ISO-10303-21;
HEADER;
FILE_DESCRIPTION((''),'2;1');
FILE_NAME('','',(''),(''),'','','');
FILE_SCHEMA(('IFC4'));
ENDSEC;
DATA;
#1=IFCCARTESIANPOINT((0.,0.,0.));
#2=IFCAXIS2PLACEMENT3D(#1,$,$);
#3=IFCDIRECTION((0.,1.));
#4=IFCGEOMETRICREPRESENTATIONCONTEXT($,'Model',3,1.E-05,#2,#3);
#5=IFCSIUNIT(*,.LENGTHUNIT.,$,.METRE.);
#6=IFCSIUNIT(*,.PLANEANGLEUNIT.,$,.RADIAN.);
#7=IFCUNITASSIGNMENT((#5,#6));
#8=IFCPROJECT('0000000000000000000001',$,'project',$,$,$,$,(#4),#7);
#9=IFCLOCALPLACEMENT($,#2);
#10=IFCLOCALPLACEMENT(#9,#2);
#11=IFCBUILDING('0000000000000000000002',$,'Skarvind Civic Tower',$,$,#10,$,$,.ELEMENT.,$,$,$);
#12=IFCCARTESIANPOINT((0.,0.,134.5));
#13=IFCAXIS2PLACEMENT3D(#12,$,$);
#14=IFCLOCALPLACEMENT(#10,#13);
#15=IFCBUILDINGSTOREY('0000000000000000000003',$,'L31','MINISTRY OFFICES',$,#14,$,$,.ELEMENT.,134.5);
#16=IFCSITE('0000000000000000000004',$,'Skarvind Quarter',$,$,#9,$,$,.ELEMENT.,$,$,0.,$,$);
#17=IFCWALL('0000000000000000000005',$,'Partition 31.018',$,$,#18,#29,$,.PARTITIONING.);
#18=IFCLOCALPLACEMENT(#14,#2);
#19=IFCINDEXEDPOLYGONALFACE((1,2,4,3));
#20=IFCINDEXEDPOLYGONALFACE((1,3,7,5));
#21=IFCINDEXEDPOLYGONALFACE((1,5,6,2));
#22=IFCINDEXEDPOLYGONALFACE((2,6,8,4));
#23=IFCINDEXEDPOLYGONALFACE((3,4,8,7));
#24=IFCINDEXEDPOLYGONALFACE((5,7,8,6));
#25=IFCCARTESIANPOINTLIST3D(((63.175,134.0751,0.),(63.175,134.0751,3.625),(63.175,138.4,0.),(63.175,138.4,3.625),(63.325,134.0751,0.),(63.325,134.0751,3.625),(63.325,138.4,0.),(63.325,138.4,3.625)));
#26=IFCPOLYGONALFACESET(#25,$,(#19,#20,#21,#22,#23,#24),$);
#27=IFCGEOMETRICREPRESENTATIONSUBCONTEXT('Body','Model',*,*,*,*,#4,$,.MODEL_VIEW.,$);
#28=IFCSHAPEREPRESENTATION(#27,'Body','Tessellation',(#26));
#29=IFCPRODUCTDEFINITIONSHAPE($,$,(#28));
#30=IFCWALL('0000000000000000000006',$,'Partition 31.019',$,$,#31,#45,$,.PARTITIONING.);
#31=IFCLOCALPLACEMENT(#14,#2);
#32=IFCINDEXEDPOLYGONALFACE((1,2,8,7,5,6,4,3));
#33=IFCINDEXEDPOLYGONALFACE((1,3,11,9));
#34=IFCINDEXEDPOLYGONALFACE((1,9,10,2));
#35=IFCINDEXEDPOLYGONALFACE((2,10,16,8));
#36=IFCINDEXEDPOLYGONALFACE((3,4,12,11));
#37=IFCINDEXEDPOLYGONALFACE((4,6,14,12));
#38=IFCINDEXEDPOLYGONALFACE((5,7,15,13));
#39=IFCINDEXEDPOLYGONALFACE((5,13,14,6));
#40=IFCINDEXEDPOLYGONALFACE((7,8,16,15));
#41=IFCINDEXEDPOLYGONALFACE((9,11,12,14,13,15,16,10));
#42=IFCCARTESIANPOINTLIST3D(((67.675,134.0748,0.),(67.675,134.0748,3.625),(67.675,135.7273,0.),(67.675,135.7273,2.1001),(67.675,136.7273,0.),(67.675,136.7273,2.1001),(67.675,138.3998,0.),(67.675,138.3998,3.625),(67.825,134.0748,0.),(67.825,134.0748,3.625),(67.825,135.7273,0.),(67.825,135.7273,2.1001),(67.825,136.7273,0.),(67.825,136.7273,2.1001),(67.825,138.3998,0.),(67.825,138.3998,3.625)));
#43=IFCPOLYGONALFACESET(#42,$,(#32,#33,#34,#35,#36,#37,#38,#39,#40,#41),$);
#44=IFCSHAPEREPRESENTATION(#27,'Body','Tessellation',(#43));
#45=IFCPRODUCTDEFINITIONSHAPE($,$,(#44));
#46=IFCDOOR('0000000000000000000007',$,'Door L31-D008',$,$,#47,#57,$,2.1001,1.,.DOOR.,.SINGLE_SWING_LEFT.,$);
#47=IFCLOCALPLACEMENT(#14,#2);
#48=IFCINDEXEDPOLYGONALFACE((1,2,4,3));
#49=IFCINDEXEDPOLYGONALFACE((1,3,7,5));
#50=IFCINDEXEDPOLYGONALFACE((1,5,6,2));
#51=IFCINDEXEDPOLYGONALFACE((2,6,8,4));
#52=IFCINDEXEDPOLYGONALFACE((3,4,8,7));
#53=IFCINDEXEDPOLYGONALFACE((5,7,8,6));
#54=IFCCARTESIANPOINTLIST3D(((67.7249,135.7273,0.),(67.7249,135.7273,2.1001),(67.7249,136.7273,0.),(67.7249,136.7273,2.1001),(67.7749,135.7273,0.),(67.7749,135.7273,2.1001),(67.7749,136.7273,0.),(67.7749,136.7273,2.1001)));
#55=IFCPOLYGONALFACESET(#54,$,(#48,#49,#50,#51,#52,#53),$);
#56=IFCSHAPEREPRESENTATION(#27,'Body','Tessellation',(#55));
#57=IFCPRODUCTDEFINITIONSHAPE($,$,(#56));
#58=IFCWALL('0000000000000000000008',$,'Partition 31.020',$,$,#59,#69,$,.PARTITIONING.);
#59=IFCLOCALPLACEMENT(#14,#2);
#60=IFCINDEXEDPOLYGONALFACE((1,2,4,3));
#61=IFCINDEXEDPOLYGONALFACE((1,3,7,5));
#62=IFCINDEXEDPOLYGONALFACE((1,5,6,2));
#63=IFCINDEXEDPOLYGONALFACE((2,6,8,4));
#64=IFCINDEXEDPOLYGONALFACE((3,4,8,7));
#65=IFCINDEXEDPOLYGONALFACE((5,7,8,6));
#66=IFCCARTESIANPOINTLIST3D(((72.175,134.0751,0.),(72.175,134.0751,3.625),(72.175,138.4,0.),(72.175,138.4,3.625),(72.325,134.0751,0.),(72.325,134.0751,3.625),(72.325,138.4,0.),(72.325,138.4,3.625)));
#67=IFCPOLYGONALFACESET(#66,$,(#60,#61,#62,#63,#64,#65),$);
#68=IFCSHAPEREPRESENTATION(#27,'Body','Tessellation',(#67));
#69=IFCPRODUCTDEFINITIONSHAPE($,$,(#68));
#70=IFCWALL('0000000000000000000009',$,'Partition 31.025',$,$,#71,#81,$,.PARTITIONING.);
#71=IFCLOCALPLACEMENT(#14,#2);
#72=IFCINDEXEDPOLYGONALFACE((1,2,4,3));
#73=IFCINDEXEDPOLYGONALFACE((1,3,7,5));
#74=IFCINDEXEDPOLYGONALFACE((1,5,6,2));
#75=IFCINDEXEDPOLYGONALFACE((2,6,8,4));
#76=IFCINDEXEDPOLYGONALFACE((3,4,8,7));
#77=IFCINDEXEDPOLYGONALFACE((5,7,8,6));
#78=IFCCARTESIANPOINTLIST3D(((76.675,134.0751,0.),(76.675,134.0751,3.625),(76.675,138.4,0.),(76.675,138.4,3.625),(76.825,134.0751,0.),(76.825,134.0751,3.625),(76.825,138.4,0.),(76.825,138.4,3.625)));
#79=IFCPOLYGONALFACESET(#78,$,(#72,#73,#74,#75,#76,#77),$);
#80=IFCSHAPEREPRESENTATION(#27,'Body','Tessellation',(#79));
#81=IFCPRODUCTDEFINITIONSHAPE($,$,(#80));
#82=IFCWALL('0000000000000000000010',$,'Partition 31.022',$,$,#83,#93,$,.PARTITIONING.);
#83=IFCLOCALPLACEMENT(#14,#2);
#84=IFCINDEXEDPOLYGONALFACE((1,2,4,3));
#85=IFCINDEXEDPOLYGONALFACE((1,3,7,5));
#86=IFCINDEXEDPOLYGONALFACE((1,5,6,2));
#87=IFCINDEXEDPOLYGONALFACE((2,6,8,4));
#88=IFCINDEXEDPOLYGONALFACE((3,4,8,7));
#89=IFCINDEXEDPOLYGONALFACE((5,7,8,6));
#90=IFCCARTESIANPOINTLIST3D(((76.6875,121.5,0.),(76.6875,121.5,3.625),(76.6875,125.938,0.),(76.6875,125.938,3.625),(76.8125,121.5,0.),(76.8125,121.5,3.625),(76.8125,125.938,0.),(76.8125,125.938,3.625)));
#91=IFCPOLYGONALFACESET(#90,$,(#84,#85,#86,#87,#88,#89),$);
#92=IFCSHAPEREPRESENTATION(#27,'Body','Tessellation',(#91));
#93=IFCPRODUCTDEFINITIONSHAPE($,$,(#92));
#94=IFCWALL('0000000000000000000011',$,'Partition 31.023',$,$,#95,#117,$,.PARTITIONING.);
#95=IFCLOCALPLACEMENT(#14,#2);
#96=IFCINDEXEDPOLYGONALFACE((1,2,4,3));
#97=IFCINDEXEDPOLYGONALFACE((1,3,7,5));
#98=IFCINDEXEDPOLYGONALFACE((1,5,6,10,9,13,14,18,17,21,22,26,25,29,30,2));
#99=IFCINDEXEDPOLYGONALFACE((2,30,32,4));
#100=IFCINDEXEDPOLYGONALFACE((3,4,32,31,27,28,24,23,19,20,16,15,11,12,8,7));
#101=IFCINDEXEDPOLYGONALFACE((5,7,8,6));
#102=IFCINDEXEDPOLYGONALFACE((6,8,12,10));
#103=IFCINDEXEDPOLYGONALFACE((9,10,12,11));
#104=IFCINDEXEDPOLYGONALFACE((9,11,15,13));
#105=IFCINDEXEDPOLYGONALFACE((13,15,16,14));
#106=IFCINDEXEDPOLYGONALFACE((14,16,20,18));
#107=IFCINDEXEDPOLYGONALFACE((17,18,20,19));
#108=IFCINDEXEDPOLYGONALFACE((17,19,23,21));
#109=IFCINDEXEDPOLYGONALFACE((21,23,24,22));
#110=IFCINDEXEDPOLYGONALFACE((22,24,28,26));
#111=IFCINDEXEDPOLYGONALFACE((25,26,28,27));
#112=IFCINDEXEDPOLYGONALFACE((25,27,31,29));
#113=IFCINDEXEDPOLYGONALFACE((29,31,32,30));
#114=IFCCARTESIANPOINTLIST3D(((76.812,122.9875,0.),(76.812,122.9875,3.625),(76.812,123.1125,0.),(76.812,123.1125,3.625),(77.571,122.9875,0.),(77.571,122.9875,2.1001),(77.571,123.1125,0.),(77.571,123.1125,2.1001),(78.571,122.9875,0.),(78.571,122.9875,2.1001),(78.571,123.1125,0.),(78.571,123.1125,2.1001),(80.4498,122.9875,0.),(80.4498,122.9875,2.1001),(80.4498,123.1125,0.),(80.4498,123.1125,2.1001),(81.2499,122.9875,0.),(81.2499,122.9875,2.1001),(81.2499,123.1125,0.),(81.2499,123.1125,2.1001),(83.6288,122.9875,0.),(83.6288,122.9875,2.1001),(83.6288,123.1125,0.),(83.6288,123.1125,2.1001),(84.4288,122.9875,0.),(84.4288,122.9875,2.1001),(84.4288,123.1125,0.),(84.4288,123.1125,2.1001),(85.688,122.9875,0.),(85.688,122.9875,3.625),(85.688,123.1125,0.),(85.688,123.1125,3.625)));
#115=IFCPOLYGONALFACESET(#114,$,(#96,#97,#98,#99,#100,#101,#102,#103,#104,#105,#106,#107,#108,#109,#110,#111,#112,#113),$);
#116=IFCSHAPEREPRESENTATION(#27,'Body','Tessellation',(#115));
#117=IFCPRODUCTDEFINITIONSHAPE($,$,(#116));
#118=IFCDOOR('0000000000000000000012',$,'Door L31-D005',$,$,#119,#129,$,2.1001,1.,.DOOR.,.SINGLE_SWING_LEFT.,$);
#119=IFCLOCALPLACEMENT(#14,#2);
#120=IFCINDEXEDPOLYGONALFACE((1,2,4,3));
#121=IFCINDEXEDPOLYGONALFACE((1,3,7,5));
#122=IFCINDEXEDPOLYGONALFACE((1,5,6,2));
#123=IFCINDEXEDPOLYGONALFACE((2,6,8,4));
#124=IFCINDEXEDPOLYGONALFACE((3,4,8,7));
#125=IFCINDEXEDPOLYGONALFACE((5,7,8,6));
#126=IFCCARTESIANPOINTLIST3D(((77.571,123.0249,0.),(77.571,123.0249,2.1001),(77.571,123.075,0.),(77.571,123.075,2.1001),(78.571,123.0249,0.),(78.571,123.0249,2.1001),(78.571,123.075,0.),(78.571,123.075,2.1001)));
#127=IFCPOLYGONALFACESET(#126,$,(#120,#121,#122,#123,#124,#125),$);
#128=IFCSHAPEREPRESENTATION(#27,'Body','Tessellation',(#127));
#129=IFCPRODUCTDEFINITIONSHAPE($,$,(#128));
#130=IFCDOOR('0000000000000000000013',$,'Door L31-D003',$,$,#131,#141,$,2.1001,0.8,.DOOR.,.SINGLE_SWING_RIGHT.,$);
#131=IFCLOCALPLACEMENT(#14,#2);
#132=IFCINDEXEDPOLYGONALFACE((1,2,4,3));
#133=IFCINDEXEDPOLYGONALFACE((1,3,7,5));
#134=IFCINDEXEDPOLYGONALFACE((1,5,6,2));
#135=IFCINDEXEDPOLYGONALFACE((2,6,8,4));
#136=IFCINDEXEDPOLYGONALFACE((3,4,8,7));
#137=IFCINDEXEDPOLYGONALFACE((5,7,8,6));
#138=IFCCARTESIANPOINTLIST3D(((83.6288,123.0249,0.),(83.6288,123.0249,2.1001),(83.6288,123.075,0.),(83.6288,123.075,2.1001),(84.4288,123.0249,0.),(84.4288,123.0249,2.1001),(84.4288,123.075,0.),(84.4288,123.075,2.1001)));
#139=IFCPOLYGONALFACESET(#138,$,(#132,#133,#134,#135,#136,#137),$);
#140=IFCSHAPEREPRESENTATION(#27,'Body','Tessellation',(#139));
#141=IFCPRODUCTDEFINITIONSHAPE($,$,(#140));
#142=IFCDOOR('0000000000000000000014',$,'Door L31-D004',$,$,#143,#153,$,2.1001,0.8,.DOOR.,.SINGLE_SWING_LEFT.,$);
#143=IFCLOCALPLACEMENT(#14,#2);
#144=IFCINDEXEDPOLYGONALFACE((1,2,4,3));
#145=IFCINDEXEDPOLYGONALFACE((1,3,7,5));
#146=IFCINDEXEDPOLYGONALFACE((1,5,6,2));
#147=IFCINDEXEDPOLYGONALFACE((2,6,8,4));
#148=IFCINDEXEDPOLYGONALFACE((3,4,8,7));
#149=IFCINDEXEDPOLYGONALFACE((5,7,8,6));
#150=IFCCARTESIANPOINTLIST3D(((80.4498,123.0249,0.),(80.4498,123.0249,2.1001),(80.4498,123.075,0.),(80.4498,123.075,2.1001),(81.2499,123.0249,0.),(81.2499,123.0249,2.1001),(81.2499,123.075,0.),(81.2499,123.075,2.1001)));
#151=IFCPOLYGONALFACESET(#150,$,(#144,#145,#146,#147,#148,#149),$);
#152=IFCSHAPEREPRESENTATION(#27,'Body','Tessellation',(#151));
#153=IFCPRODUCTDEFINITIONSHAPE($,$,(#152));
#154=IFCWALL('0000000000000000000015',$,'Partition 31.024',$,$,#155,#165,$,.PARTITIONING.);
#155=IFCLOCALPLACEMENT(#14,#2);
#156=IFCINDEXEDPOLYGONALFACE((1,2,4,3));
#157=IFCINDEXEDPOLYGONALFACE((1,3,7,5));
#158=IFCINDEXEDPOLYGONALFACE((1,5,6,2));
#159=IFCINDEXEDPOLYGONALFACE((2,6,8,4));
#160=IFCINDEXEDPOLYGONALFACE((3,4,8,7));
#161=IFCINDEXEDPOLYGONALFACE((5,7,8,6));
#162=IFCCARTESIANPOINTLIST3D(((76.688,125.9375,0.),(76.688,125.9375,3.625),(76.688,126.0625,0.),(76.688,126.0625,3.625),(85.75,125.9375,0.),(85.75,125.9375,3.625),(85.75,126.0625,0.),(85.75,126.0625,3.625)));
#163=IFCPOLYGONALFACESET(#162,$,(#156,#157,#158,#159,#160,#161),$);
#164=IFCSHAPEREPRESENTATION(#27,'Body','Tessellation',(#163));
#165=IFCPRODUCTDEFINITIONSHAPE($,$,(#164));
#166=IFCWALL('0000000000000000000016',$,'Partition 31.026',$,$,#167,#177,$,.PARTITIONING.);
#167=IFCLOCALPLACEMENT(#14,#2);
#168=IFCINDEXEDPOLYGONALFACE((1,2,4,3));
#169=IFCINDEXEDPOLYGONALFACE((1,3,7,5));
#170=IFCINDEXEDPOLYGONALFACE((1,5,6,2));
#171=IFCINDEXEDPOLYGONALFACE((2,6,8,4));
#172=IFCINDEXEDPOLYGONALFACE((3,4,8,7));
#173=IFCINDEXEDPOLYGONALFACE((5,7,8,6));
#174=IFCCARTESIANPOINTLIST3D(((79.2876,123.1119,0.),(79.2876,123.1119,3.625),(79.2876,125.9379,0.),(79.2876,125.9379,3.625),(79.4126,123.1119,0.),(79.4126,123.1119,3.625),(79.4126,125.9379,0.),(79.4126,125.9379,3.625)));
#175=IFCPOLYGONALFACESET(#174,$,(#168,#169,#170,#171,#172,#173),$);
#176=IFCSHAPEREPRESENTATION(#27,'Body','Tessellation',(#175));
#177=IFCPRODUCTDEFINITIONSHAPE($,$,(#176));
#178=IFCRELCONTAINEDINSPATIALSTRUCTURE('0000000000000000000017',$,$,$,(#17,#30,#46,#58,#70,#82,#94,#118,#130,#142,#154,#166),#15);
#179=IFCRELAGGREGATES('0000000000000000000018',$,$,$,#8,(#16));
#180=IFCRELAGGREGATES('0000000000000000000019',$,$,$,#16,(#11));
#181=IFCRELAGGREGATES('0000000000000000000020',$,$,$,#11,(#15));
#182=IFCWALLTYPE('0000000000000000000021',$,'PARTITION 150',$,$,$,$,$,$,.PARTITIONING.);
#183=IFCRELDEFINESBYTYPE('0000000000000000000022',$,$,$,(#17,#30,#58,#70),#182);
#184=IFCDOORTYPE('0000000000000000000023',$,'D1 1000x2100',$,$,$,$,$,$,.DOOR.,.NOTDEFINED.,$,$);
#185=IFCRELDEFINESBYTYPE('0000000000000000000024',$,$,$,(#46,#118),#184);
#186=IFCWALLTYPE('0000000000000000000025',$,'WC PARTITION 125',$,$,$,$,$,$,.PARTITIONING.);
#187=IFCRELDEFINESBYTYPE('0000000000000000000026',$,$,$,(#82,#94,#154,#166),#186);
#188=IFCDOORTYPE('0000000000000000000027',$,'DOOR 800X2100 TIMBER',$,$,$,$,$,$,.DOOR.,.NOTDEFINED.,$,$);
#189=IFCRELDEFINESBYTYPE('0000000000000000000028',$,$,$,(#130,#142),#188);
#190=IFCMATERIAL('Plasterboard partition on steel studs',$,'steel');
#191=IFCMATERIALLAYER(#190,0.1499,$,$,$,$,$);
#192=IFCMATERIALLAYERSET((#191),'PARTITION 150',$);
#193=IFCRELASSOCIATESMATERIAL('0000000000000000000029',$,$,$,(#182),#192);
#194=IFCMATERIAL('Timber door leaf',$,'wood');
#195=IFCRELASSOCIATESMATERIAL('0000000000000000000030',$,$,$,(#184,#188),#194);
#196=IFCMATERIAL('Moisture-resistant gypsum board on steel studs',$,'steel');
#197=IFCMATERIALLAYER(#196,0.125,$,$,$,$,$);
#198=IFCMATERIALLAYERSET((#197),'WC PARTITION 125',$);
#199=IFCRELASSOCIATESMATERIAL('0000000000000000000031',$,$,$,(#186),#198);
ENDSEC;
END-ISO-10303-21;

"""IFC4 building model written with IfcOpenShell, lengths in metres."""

from ifc_helpers import new_model, si_unit, direction, frame, frame_2d, origin, place, context, subcontext, project, spatial, rectangle, extrude, material, layer, layer_set, type_object, element, fill, save


model = new_model("IFC4")

# Units and contexts
model_context = context("Model", 3, precision=1e-05, world=origin(), true_north=direction((0.0, 1.0)))
body_context = subcontext(model_context, "Body", "Model", "MODEL_VIEW")
ifc_project = project(units=[si_unit("LENGTHUNIT", "METRE"), si_unit("PLANEANGLEUNIT", "RADIAN")], contexts=[model_context])

# Site, building, storey
site_placement = place(None, origin())
site = spatial("IfcSite", under=ifc_project, at=site_placement, Name="Skarvind Quarter", CompositionType="ELEMENT", RefElevation=0.0)
building_placement = place(site_placement, origin())
building = spatial("IfcBuilding", under=site, at=building_placement, Name="Skarvind Civic Tower", CompositionType="ELEMENT")
storey_placement = place(building_placement, frame((0.0, 0.0, 134.5)))
storey = spatial("IfcBuildingStorey", under=building, at=storey_placement, Name="L31", Description="MINISTRY OFFICES", CompositionType="ELEMENT", Elevation=134.5)

# Shared definitions
ifc_material_1 = material(Name="Plasterboard partition on steel studs", Category="steel")
ifc_layer_1 = layer(ifc_material_1, 0.1499)
ifc_layer_set_1 = layer_set([ifc_layer_1], Name="PARTITION 150")
wall_type_1 = type_object("IfcWallType", Name="PARTITION 150", PredefinedType="PARTITIONING", material=ifc_layer_set_1)
ifc_material_2 = material(Name="Timber door leaf", Category="wood")
door_type_1 = type_object("IfcDoorType", Name="D1 1000x2100", OperationType="NOTDEFINED", PredefinedType="DOOR", material=ifc_material_2)

# Wall
wall_1_placement = place(storey_placement, frame((63.25, 134.075, 0.0), z_axis=(0.0, 0.0, 1.0), x_axis=(0.0, 1.0, 0.0)))
element("IfcWall", 1, at=wall_1_placement, inside=storey, type_object=wall_type_1, Name="Partition 31.018", PredefinedType="PARTITIONING", context=body_context, shape_type="SweptSolid", body=[
    extrude(rectangle(XDim=4.325, YDim=0.1499, at=frame_2d((2.1626, 0.0))), origin(), (0.0, 0.0, 1.0), 3.625),
])

# Wall, opening, door
wall_2_placement = place(storey_placement, frame((67.75, 138.3999, 0.0), z_axis=(0.0, 0.0, 1.0), x_axis=(0.0, -1.0, 0.0)))
wall_2 = element("IfcWall", 2, at=wall_2_placement, inside=storey, type_object=wall_type_1, Name="Partition 31.019", PredefinedType="PARTITIONING", context=body_context, shape_type="SweptSolid", body=[
    extrude(rectangle(XDim=4.325, YDim=0.1499, at=frame_2d((2.1626, 0.0))), origin(), (0.0, 0.0, 1.0), 3.625),
])
opening_1_placement = place(wall_2_placement, frame((1.6726, 0.0, 0.0)))
opening_1 = element("IfcOpeningElement", 3, at=opening_1_placement, cuts=wall_2, PredefinedType="OPENING", context=body_context, shape_type="SweptSolid", body=[
    extrude(rectangle(XDim=1.0, YDim=2.1001, at=frame_2d((0.5, 1.05))), frame((0.0, 0.085, 0.0), z_axis=(0.0, -1.0, 0.0), x_axis=(1.0, 0.0, 0.0)), (0.0, 0.0, 1.0), 0.1699),
])
door_1_placement = place(opening_1_placement, origin())
door_1 = element("IfcDoor", 4, at=door_1_placement, inside=storey, type_object=door_type_1, Name="Door L31-D008", OperationType="SINGLE_SWING_LEFT", OverallHeight=2.1001, OverallWidth=1.0, PredefinedType="DOOR", context=body_context, shape_type="SweptSolid", body=[
    extrude(rectangle(XDim=1.0, YDim=2.1001, at=frame_2d((0.5, 1.05))), frame((0.0, 0.0249, 0.0), z_axis=(0.0, -1.0, 0.0), x_axis=(1.0, 0.0, 0.0)), (0.0, 0.0, 1.0), 0.05),
])
fill(opening_1, door_1)

# Walls
for number, where, z_axis, x_axis, name in (
    (5, (72.25, 134.075, 0.0), (0.0, 0.0, 1.0), (0.0, 1.0, 0.0), "Partition 31.020"),
    (6, (76.75, 134.075, 0.0), (0.0, 0.0, 1.0), (0.0, 1.0, 0.0), "Partition 31.025"),
):
    element("IfcWall", number, at=place(storey_placement, frame(where, z_axis=z_axis, x_axis=x_axis)), inside=storey, type_object=wall_type_1, Name=name, PredefinedType="PARTITIONING", context=body_context, shape_type="SweptSolid", body=[
        extrude(rectangle(XDim=4.325, YDim=0.1499, at=frame_2d((2.1626, 0.0))), origin(), (0.0, 0.0, 1.0), 3.625),
    ])
ifc_material_3 = material(Name="Moisture-resistant gypsum board on steel studs", Category="steel")
ifc_layer_2 = layer(ifc_material_3, 0.125)
ifc_layer_set_2 = layer_set([ifc_layer_2], Name="WC PARTITION 125")
wall_type_2 = type_object("IfcWallType", Name="WC PARTITION 125", PredefinedType="PARTITIONING", material=ifc_layer_set_2)
wall_3_placement = place(storey_placement, frame((76.75, 121.5, 0.0), z_axis=(0.0, 0.0, 1.0), x_axis=(0.0, 1.0, 0.0)))
element("IfcWall", 7, at=wall_3_placement, inside=storey, type_object=wall_type_2, Name="Partition 31.022", PredefinedType="PARTITIONING", context=body_context, shape_type="SweptSolid", body=[
    extrude(rectangle(XDim=4.438, YDim=0.125, at=frame_2d((2.219, 0.0))), origin(), (0.0, 0.0, 1.0), 3.625),
])

# Wall, openings, doors
wall_4_placement = place(storey_placement, frame((76.812, 123.05, 0.0), z_axis=(0.0, 0.0, 1.0), x_axis=(1.0, 0.0, 0.0)))
wall_4 = element("IfcWall", 8, at=wall_4_placement, inside=storey, type_object=wall_type_2, Name="Partition 31.023", PredefinedType="PARTITIONING", context=body_context, shape_type="SweptSolid", body=[
    extrude(rectangle(XDim=8.876, YDim=0.125, at=frame_2d((4.438, 0.0))), origin(), (0.0, 0.0, 1.0), 3.625),
])
opening_2_placement = place(wall_4_placement, frame((6.8169, 0.0, 0.0)))
opening_2 = element("IfcOpeningElement", 9, at=opening_2_placement, cuts=wall_4, PredefinedType="OPENING", context=body_context, shape_type="SweptSolid", body=[
    extrude(rectangle(XDim=0.8, YDim=2.1001, at=frame_2d((0.3999, 1.05))), frame((0.0, 0.0725, 0.0), z_axis=(0.0, -1.0, 0.0), x_axis=(1.0, 0.0, 0.0)), (0.0, 0.0, 1.0), 0.145),
])
opening_3_placement = place(wall_4_placement, frame((3.6379, 0.0, 0.0)))
opening_3 = element("IfcOpeningElement", 10, at=opening_3_placement, cuts=wall_4, PredefinedType="OPENING", context=body_context, shape_type="SweptSolid", body=[
    extrude(rectangle(XDim=0.8, YDim=2.1001, at=frame_2d((0.3999, 1.05))), frame((0.0, 0.0725, 0.0), z_axis=(0.0, -1.0, 0.0), x_axis=(1.0, 0.0, 0.0)), (0.0, 0.0, 1.0), 0.145),
])
opening_4_placement = place(wall_4_placement, frame((0.759, 0.0, 0.0)))
opening_4 = element("IfcOpeningElement", 11, at=opening_4_placement, cuts=wall_4, PredefinedType="OPENING", context=body_context, shape_type="SweptSolid", body=[
    extrude(rectangle(XDim=1.0, YDim=2.1001, at=frame_2d((0.5, 1.05))), frame((0.0, 0.0725, 0.0), z_axis=(0.0, -1.0, 0.0), x_axis=(1.0, 0.0, 0.0)), (0.0, 0.0, 1.0), 0.145),
])
door_2_placement = place(opening_4_placement, origin())
door_2 = element("IfcDoor", 12, at=door_2_placement, inside=storey, type_object=door_type_1, Name="Door L31-D005", OperationType="SINGLE_SWING_LEFT", OverallHeight=2.1001, OverallWidth=1.0, PredefinedType="DOOR", context=body_context, shape_type="SweptSolid", body=[
    extrude(rectangle(XDim=1.0, YDim=2.1001, at=frame_2d((0.5, 1.05))), frame((0.0, 0.0249, 0.0), z_axis=(0.0, -1.0, 0.0), x_axis=(1.0, 0.0, 0.0)), (0.0, 0.0, 1.0), 0.05),
])
fill(opening_4, door_2)
door_type_2 = type_object("IfcDoorType", Name="DOOR 800X2100 TIMBER", OperationType="NOTDEFINED", PredefinedType="DOOR", material=ifc_material_2)
door_3_placement = place(opening_2_placement, origin())
door_3 = element("IfcDoor", 13, at=door_3_placement, inside=storey, type_object=door_type_2, Name="Door L31-D003", OperationType="SINGLE_SWING_RIGHT", OverallHeight=2.1001, OverallWidth=0.8, PredefinedType="DOOR", context=body_context, shape_type="SweptSolid", body=[
    extrude(rectangle(XDim=0.8, YDim=2.1001, at=frame_2d((0.3999, 1.05))), frame((0.0, 0.0249, 0.0), z_axis=(0.0, -1.0, 0.0), x_axis=(1.0, 0.0, 0.0)), (0.0, 0.0, 1.0), 0.05),
])
fill(opening_2, door_3)
door_4_placement = place(opening_3_placement, origin())
door_4 = element("IfcDoor", 14, at=door_4_placement, inside=storey, type_object=door_type_2, Name="Door L31-D004", OperationType="SINGLE_SWING_LEFT", OverallHeight=2.1001, OverallWidth=0.8, PredefinedType="DOOR", context=body_context, shape_type="SweptSolid", body=[
    extrude(rectangle(XDim=0.8, YDim=2.1001, at=frame_2d((0.3999, 1.05))), frame((0.0, 0.0249, 0.0), z_axis=(0.0, -1.0, 0.0), x_axis=(1.0, 0.0, 0.0)), (0.0, 0.0, 1.0), 0.05),
])
fill(opening_3, door_4)

# Walls
wall_5_placement = place(storey_placement, frame((76.688, 126.0, 0.0), z_axis=(0.0, 0.0, 1.0), x_axis=(1.0, 0.0, 0.0)))
element("IfcWall", 15, at=wall_5_placement, inside=storey, type_object=wall_type_2, Name="Partition 31.024", PredefinedType="PARTITIONING", context=body_context, shape_type="SweptSolid", body=[
    extrude(rectangle(XDim=9.062, YDim=0.125, at=frame_2d((4.531, 0.0))), origin(), (0.0, 0.0, 1.0), 3.625),
])
wall_6_placement = place(storey_placement, frame((79.3501, 125.938, 0.0), z_axis=(0.0, 0.0, 1.0), x_axis=(0.0, -1.0, 0.0)))
element("IfcWall", 16, at=wall_6_placement, inside=storey, type_object=wall_type_2, Name="Partition 31.026", PredefinedType="PARTITIONING", context=body_context, shape_type="SweptSolid", body=[
    extrude(rectangle(XDim=2.8259, YDim=0.125, at=frame_2d((1.4131, 0.0))), origin(), (0.0, 0.0, 1.0), 3.625),
])

save(model, "model.ifc")
